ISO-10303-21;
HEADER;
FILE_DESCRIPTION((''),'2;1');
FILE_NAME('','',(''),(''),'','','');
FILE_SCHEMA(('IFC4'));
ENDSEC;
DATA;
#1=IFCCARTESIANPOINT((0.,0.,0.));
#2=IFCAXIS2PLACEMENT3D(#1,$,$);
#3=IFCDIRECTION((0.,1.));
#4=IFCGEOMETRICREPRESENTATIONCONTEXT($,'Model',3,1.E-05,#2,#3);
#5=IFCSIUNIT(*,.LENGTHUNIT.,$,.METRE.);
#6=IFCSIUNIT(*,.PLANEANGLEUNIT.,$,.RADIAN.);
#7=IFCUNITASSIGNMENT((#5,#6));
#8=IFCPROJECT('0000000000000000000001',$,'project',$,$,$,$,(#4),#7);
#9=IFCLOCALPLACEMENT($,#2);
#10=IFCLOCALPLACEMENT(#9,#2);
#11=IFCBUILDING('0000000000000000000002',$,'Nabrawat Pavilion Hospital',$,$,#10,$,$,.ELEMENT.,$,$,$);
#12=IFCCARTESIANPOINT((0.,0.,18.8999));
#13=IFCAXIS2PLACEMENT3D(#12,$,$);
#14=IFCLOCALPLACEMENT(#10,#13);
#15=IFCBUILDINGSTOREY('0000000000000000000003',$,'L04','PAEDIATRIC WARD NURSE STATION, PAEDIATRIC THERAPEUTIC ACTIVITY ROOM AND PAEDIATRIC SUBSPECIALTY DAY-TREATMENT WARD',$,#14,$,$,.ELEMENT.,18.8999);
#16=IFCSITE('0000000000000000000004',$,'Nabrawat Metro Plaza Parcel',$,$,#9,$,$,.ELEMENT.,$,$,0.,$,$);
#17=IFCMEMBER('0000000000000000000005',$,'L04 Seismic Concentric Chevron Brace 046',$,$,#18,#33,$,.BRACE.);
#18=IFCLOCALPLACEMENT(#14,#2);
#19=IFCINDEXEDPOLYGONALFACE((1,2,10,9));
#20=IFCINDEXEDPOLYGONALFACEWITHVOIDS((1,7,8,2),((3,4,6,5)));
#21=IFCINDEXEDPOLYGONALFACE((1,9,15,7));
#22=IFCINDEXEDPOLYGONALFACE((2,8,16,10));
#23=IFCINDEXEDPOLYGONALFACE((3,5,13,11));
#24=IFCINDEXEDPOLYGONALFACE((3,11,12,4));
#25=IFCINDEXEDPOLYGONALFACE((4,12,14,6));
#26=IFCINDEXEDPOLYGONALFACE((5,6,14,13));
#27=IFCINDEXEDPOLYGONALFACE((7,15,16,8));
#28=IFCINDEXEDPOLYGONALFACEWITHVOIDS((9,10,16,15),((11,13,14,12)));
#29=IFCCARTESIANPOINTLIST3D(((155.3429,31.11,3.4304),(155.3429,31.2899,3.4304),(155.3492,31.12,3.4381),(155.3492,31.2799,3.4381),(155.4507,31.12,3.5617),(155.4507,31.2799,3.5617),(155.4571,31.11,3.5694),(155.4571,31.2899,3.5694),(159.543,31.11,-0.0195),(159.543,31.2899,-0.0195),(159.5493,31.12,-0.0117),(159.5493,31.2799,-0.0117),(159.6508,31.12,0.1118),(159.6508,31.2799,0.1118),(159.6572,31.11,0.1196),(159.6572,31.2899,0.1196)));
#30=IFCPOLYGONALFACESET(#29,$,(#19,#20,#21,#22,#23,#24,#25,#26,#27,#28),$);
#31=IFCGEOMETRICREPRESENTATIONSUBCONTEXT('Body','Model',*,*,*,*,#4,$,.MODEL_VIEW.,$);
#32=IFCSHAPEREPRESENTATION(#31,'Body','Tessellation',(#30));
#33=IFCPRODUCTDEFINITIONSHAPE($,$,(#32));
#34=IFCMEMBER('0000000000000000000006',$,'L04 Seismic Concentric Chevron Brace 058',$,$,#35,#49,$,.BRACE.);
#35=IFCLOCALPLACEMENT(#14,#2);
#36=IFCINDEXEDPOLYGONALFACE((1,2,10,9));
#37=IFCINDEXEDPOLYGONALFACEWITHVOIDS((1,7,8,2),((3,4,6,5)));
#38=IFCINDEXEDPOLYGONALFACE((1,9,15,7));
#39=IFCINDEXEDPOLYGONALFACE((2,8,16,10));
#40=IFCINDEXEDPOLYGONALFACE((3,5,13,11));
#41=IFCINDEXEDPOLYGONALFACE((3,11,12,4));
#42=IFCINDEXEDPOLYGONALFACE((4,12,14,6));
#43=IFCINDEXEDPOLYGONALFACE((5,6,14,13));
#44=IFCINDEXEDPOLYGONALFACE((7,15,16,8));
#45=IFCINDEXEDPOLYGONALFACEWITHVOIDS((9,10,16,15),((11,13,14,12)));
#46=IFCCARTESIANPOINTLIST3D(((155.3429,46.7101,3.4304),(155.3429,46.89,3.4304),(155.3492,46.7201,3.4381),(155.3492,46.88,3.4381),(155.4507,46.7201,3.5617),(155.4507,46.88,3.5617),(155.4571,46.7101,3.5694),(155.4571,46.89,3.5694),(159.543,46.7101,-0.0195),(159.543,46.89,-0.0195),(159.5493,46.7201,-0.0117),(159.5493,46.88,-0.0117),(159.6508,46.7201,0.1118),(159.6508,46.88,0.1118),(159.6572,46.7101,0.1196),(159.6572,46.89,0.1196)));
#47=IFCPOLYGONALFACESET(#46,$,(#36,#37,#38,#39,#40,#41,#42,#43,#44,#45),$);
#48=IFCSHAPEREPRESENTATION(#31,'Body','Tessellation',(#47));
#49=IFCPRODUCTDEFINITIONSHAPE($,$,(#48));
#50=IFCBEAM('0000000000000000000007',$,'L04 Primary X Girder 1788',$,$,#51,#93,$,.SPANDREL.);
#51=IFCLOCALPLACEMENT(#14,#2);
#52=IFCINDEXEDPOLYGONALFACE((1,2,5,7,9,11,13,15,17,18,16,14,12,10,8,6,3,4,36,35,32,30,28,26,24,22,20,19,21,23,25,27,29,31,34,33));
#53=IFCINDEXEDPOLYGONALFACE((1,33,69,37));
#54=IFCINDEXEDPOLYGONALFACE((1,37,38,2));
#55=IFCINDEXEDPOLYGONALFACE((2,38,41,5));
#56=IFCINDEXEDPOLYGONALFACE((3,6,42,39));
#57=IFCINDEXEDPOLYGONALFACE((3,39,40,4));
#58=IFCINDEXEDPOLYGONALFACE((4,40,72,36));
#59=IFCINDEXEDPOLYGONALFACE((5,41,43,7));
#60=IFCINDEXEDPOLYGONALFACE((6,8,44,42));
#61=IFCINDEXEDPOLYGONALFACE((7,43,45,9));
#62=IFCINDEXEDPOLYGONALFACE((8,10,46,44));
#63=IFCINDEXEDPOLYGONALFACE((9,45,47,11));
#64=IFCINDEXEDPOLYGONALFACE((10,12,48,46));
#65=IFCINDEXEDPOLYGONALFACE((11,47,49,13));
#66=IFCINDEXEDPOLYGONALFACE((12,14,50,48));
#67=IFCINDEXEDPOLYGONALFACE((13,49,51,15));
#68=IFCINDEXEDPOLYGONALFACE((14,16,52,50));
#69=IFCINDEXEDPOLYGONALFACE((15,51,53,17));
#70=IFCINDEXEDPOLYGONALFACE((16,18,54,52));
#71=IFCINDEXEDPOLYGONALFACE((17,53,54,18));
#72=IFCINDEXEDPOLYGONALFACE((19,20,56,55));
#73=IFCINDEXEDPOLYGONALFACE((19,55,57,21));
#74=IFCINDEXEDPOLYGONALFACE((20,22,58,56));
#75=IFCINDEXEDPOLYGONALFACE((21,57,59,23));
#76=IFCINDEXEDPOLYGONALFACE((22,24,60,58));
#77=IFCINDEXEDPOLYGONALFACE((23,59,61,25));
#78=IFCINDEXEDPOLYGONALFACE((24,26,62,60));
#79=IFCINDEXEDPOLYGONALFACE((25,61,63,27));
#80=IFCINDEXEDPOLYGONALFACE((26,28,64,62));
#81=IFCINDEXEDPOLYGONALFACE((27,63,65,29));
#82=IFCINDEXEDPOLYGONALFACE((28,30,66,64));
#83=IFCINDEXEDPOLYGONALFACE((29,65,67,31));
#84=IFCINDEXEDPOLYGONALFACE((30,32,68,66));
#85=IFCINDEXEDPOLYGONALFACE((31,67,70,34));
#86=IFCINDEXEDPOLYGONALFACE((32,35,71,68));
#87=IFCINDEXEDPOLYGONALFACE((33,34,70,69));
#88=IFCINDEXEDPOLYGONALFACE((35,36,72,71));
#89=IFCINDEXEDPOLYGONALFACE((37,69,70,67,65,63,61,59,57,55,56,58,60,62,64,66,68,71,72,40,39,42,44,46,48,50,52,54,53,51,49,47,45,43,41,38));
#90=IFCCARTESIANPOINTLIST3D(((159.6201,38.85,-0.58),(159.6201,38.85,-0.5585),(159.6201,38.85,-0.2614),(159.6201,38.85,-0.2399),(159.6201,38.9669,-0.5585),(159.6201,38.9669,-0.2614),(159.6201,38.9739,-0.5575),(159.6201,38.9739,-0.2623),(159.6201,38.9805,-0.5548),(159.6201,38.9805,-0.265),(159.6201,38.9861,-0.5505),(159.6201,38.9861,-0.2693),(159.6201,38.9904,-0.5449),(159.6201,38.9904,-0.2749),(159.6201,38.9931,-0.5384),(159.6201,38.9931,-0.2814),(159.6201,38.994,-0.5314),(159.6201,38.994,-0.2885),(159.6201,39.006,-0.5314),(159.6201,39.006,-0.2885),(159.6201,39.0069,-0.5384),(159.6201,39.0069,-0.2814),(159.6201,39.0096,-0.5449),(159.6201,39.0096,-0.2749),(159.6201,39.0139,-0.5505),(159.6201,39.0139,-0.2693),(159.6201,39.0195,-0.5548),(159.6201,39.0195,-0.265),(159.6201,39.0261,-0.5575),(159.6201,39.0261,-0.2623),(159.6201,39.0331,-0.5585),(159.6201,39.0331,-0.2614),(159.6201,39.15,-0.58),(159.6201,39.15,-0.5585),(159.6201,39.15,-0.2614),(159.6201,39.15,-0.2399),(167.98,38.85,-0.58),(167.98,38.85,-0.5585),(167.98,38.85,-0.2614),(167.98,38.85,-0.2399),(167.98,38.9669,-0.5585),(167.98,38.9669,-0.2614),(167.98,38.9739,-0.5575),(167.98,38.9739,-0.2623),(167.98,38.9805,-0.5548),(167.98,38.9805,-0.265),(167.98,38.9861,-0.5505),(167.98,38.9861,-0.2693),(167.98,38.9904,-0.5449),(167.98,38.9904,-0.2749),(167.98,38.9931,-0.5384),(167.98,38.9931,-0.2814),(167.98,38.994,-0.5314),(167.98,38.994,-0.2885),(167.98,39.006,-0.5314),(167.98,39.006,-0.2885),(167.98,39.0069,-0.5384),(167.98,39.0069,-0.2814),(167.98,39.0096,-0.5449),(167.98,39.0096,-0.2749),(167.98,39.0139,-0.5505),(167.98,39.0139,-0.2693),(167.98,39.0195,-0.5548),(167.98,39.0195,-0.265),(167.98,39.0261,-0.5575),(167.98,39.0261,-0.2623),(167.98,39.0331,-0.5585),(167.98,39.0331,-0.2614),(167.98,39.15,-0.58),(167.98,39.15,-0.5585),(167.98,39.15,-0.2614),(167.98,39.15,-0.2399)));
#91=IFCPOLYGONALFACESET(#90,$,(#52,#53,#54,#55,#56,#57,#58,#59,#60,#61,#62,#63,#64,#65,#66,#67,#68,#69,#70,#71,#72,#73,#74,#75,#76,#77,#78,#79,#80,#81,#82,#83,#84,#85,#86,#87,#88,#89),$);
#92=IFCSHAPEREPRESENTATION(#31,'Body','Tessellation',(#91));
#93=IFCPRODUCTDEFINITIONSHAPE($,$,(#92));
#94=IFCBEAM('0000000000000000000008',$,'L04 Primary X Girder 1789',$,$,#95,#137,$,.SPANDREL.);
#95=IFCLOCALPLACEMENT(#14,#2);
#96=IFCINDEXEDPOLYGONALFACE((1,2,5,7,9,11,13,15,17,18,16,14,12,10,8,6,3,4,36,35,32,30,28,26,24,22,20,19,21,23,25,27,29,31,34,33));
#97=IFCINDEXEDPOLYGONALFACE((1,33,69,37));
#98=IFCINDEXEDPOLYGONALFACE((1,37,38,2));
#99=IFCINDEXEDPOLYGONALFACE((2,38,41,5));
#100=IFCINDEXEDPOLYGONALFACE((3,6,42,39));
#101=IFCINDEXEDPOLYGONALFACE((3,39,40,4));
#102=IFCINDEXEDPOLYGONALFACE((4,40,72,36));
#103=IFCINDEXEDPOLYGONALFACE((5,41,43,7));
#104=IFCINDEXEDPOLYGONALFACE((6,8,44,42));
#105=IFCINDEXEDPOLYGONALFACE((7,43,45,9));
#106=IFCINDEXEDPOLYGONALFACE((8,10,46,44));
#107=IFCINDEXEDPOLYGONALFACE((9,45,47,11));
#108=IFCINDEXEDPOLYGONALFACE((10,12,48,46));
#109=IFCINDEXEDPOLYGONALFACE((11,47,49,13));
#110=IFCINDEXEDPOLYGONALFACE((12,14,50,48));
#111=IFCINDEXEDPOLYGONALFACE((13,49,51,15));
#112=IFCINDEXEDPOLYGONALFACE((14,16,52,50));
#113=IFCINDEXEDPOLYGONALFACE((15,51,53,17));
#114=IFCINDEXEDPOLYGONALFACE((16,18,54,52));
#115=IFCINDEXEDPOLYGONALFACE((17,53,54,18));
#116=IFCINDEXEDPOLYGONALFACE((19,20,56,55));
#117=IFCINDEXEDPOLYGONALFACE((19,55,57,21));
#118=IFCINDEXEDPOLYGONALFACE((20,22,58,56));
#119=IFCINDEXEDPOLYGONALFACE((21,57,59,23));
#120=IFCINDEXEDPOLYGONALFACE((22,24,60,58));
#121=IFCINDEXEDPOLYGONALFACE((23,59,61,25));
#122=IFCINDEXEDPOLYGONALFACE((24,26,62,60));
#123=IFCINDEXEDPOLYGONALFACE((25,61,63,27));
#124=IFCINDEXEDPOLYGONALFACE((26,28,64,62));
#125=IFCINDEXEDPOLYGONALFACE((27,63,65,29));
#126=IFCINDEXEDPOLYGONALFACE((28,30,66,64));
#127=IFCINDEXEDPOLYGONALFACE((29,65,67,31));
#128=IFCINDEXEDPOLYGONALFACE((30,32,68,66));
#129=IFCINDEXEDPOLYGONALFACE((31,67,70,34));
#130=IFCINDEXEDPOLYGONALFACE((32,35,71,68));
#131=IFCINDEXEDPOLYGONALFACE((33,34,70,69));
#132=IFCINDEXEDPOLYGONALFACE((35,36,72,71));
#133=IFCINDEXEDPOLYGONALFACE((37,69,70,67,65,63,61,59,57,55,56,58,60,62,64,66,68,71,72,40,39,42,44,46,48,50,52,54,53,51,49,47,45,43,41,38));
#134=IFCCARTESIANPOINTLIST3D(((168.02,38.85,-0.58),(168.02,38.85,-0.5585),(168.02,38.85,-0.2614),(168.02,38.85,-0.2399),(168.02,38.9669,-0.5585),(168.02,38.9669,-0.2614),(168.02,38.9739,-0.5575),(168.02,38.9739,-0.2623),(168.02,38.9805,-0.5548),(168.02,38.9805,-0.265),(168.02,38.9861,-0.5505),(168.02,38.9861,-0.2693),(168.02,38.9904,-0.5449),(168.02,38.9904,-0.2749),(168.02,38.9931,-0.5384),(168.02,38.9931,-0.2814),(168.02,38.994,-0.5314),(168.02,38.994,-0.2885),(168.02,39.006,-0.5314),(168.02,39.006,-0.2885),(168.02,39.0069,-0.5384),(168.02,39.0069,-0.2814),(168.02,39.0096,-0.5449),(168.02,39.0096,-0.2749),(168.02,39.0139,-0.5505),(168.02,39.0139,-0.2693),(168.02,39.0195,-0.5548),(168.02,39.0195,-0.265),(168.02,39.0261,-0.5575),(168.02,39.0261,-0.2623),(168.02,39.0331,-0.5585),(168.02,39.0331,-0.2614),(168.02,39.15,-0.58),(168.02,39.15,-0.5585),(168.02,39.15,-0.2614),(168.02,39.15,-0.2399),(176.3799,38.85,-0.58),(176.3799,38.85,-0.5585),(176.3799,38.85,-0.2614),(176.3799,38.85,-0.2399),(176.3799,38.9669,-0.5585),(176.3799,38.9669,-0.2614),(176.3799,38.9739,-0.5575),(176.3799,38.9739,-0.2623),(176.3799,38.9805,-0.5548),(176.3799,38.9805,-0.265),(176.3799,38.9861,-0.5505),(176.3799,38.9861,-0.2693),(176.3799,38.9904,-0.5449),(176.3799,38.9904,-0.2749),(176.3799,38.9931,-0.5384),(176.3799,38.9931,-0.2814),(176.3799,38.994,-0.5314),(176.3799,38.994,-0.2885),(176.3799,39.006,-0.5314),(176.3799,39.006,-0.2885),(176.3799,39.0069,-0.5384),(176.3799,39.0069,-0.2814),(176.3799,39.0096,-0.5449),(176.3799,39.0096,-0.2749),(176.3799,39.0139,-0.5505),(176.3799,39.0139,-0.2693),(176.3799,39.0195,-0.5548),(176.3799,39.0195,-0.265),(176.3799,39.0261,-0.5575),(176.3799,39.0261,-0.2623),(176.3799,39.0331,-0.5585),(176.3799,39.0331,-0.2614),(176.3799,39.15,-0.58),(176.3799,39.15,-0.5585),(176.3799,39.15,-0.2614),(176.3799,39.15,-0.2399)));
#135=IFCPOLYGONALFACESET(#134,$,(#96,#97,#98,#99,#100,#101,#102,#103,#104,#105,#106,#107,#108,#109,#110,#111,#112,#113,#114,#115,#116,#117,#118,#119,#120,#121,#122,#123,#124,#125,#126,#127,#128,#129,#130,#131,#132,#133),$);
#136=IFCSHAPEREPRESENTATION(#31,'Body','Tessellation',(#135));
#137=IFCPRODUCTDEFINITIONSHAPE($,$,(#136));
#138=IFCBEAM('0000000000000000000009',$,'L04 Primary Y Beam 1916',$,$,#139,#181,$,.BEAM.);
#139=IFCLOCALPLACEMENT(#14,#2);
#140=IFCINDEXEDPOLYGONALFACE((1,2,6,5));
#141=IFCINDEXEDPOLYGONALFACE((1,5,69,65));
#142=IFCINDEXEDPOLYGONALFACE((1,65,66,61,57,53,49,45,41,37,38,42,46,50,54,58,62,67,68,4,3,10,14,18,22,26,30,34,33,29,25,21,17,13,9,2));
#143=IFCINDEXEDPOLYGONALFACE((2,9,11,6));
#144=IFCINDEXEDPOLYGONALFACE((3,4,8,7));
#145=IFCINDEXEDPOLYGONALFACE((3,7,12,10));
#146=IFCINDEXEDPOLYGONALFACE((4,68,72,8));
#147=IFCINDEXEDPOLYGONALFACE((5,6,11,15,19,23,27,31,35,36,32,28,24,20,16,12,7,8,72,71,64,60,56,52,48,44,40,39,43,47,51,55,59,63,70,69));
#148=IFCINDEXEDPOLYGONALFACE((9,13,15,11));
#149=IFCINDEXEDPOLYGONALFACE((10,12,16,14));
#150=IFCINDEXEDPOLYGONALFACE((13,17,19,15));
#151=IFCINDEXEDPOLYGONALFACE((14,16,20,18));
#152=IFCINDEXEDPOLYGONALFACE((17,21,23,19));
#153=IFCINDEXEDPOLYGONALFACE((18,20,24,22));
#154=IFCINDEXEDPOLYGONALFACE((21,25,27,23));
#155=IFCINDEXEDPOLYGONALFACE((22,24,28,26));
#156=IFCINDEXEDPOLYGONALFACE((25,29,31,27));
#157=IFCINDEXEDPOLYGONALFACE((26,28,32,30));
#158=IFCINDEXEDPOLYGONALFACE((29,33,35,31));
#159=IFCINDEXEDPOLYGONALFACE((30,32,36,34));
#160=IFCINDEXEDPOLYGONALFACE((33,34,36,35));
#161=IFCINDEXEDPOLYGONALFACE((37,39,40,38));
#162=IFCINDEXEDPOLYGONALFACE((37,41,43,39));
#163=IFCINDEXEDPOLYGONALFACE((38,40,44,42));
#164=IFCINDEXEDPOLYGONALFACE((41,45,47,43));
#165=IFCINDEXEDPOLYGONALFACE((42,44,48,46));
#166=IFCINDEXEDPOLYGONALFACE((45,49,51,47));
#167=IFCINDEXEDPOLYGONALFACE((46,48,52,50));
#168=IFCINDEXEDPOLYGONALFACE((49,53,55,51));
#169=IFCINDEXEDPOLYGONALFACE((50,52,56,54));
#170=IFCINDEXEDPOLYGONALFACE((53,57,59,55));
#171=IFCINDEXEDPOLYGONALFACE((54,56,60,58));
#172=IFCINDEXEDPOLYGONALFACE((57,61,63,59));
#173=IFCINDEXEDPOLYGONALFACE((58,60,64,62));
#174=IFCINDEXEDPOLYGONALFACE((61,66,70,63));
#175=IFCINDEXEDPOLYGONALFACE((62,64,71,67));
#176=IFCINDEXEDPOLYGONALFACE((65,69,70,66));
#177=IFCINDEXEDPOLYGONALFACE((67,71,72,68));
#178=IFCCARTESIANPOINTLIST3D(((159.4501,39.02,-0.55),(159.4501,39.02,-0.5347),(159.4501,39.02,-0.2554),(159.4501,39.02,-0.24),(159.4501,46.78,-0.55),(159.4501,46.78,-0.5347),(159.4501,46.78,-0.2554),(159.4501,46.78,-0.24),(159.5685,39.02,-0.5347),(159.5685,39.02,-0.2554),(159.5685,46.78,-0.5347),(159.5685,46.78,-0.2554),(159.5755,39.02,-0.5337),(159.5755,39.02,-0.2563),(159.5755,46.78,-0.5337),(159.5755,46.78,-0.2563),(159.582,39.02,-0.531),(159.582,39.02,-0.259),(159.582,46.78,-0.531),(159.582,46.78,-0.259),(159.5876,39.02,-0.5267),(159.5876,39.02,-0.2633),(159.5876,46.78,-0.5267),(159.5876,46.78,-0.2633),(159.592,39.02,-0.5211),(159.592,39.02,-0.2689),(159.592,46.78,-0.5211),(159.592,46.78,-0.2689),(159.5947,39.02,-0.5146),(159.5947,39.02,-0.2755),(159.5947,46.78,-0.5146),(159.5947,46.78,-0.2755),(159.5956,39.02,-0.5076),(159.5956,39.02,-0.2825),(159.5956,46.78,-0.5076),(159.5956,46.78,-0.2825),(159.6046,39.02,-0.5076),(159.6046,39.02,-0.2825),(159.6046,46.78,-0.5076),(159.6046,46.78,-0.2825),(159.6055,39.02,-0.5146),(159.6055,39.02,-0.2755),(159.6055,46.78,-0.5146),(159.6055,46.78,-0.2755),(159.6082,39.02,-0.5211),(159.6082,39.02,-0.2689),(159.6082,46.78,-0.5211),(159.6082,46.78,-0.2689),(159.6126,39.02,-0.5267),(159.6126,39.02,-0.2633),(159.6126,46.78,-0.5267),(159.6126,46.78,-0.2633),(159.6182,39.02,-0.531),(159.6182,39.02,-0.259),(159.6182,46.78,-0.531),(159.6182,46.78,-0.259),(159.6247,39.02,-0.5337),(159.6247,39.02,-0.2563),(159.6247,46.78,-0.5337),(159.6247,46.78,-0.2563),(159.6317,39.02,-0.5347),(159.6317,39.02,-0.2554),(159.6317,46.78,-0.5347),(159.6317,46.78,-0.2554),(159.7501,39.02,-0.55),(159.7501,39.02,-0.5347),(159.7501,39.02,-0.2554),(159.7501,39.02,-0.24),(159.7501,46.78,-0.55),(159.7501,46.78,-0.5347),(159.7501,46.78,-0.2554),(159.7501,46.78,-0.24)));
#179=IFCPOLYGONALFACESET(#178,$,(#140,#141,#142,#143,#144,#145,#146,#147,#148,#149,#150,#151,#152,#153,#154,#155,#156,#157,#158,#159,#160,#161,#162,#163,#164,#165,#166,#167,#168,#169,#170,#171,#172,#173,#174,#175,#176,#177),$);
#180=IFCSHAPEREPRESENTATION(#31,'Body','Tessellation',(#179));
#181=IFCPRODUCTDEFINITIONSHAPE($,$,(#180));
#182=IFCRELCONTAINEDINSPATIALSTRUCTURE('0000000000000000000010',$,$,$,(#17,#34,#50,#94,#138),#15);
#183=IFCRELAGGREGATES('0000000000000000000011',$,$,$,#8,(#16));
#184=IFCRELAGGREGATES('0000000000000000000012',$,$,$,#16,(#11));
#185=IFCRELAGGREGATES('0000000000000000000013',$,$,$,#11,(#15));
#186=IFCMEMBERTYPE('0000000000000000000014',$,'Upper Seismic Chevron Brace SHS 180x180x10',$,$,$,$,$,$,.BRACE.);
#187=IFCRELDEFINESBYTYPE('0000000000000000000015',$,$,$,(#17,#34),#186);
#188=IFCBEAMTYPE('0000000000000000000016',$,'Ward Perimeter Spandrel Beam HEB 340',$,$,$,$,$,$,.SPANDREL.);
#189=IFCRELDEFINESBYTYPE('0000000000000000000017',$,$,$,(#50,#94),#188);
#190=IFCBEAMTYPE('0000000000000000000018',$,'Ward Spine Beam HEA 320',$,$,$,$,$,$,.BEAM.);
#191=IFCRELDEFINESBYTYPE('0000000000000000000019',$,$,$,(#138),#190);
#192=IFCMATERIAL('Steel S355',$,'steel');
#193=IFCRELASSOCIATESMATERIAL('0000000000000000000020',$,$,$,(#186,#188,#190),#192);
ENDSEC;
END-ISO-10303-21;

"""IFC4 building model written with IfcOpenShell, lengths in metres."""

from ifc_helpers import new_model, si_unit, direction, frame, origin, origin_2d, place, context, subcontext, project, spatial, hollow_rectangle, i_section, extrude, material, material_profile, profile_set, type_object, element, save


model = new_model("IFC4")

# Units and contexts
model_context = context("Model", 3, precision=1e-05, world=origin(), true_north=direction((0.0, 1.0)))
body_context = subcontext(model_context, "Body", "Model", "MODEL_VIEW")
ifc_project = project(units=[si_unit("LENGTHUNIT", "METRE"), si_unit("PLANEANGLEUNIT", "RADIAN")], contexts=[model_context])

# Site, building, storey
site_placement = place(None, origin())
site = spatial("IfcSite", under=ifc_project, at=site_placement, Name="Nabrawat Metro Plaza Parcel", CompositionType="ELEMENT", RefElevation=0.0)
building_placement = place(site_placement, origin())
building = spatial("IfcBuilding", under=site, at=building_placement, Name="Nabrawat Pavilion Hospital", CompositionType="ELEMENT")
storey_placement = place(building_placement, frame((0.0, 0.0, 18.8999)))
storey = spatial("IfcBuildingStorey", under=building, at=storey_placement, Name="L04", Description="PAEDIATRIC WARD NURSE STATION, PAEDIATRIC THERAPEUTIC ACTIVITY ROOM AND PAEDIATRIC SUBSPECIALTY DAY-TREATMENT WARD", CompositionType="ELEMENT", Elevation=18.8999)

# Shared definitions
ifc_material_1 = material(Name="Steel S355", Category="steel")

# Members
ifc_material_profile_1 = material_profile(ifc_material_1, hollow_rectangle(XDim=0.1799, YDim=0.1799, WallThickness=0.01, at=origin_2d()), Name="SHS 180x180x10")
ifc_profile_set_1 = profile_set([ifc_material_profile_1], Name="Steel S355")
member_type = type_object("IfcMemberType", Name="Upper Seismic Chevron Brace SHS 180x180x10", PredefinedType="BRACE", material=ifc_profile_set_1)
for number, where, z_axis, x_axis, name in (
    (1, (159.6001, 31.2, 0.05), (-0.772745, 0.0, 0.634716), (0.0, -1.0, 0.0), "L04 Seismic Concentric Chevron Brace 046"),
    (2, (159.6001, 46.8, 0.05), (-0.772745, 0.0, 0.634716), (0.0, -1.0, 0.0), "L04 Seismic Concentric Chevron Brace 058"),
):
    element("IfcMember", number, at=place(storey_placement, frame(where, z_axis=z_axis, x_axis=x_axis)), inside=storey, type_object=member_type, Name=name, PredefinedType="BRACE", context=body_context, shape_type="SweptSolid", body=[
        extrude(hollow_rectangle(XDim=0.1799, YDim=0.1799, WallThickness=0.01, at=origin_2d()), origin(), (0.0, 0.0, 1.0), 5.4353),
    ])

# Beams
ifc_material_profile_2 = material_profile(ifc_material_1, i_section(OverallWidth=0.3, OverallDepth=0.3401, WebThickness=0.012, FlangeThickness=0.0215, FilletRadius=0.0271, at=origin_2d()), Name="HEB 340")
ifc_profile_set_2 = profile_set([ifc_material_profile_2], Name="Steel S355")
beam_type_1 = type_object("IfcBeamType", Name="Ward Perimeter Spandrel Beam HEB 340", PredefinedType="SPANDREL", material=ifc_profile_set_2)
for number, where, z_axis, x_axis, name in (
    (3, (159.6201, 39.0, -0.4099), (1.0, 0.0, 0.0), (0.0, 1.0, 0.0), "L04 Primary X Girder 1788"),
    (4, (168.02, 39.0, -0.4099), (1.0, 0.0, 0.0), (0.0, 1.0, 0.0), "L04 Primary X Girder 1789"),
):
    element("IfcBeam", number, at=place(storey_placement, frame(where, z_axis=z_axis, x_axis=x_axis)), inside=storey, type_object=beam_type_1, Name=name, PredefinedType="SPANDREL", context=body_context, shape_type="SweptSolid", body=[
        extrude(i_section(OverallWidth=0.3, OverallDepth=0.3401, WebThickness=0.012, FlangeThickness=0.0215, FilletRadius=0.0271, at=origin_2d()), origin(), (0.0, 0.0, 1.0), 8.3599),
    ])
ifc_material_profile_3 = material_profile(ifc_material_1, i_section(OverallWidth=0.3, OverallDepth=0.3101, WebThickness=0.009, FlangeThickness=0.0154, FilletRadius=0.0271, at=origin_2d()), Name="HEA 320")
ifc_profile_set_3 = profile_set([ifc_material_profile_3], Name="Steel S355")
beam_type_2 = type_object("IfcBeamType", Name="Ward Spine Beam HEA 320", PredefinedType="BEAM", material=ifc_profile_set_3)
for number, where, z_axis, x_axis, name in (
    (5, (159.6001, 39.02, -0.395), (0.0, 1.0, 0.0), (-1.0, 0.0, 0.0), "L04 Primary Y Beam 1916"),
):
    element("IfcBeam", number, at=place(storey_placement, frame(where, z_axis=z_axis, x_axis=x_axis)), inside=storey, type_object=beam_type_2, Name=name, PredefinedType="BEAM", context=body_context, shape_type="SweptSolid", body=[
        extrude(i_section(OverallWidth=0.3, OverallDepth=0.3101, WebThickness=0.009, FlangeThickness=0.0154, FilletRadius=0.0271, at=origin_2d()), origin(), (0.0, 0.0, 1.0), 7.76),
    ])

save(model, "model.ifc")
